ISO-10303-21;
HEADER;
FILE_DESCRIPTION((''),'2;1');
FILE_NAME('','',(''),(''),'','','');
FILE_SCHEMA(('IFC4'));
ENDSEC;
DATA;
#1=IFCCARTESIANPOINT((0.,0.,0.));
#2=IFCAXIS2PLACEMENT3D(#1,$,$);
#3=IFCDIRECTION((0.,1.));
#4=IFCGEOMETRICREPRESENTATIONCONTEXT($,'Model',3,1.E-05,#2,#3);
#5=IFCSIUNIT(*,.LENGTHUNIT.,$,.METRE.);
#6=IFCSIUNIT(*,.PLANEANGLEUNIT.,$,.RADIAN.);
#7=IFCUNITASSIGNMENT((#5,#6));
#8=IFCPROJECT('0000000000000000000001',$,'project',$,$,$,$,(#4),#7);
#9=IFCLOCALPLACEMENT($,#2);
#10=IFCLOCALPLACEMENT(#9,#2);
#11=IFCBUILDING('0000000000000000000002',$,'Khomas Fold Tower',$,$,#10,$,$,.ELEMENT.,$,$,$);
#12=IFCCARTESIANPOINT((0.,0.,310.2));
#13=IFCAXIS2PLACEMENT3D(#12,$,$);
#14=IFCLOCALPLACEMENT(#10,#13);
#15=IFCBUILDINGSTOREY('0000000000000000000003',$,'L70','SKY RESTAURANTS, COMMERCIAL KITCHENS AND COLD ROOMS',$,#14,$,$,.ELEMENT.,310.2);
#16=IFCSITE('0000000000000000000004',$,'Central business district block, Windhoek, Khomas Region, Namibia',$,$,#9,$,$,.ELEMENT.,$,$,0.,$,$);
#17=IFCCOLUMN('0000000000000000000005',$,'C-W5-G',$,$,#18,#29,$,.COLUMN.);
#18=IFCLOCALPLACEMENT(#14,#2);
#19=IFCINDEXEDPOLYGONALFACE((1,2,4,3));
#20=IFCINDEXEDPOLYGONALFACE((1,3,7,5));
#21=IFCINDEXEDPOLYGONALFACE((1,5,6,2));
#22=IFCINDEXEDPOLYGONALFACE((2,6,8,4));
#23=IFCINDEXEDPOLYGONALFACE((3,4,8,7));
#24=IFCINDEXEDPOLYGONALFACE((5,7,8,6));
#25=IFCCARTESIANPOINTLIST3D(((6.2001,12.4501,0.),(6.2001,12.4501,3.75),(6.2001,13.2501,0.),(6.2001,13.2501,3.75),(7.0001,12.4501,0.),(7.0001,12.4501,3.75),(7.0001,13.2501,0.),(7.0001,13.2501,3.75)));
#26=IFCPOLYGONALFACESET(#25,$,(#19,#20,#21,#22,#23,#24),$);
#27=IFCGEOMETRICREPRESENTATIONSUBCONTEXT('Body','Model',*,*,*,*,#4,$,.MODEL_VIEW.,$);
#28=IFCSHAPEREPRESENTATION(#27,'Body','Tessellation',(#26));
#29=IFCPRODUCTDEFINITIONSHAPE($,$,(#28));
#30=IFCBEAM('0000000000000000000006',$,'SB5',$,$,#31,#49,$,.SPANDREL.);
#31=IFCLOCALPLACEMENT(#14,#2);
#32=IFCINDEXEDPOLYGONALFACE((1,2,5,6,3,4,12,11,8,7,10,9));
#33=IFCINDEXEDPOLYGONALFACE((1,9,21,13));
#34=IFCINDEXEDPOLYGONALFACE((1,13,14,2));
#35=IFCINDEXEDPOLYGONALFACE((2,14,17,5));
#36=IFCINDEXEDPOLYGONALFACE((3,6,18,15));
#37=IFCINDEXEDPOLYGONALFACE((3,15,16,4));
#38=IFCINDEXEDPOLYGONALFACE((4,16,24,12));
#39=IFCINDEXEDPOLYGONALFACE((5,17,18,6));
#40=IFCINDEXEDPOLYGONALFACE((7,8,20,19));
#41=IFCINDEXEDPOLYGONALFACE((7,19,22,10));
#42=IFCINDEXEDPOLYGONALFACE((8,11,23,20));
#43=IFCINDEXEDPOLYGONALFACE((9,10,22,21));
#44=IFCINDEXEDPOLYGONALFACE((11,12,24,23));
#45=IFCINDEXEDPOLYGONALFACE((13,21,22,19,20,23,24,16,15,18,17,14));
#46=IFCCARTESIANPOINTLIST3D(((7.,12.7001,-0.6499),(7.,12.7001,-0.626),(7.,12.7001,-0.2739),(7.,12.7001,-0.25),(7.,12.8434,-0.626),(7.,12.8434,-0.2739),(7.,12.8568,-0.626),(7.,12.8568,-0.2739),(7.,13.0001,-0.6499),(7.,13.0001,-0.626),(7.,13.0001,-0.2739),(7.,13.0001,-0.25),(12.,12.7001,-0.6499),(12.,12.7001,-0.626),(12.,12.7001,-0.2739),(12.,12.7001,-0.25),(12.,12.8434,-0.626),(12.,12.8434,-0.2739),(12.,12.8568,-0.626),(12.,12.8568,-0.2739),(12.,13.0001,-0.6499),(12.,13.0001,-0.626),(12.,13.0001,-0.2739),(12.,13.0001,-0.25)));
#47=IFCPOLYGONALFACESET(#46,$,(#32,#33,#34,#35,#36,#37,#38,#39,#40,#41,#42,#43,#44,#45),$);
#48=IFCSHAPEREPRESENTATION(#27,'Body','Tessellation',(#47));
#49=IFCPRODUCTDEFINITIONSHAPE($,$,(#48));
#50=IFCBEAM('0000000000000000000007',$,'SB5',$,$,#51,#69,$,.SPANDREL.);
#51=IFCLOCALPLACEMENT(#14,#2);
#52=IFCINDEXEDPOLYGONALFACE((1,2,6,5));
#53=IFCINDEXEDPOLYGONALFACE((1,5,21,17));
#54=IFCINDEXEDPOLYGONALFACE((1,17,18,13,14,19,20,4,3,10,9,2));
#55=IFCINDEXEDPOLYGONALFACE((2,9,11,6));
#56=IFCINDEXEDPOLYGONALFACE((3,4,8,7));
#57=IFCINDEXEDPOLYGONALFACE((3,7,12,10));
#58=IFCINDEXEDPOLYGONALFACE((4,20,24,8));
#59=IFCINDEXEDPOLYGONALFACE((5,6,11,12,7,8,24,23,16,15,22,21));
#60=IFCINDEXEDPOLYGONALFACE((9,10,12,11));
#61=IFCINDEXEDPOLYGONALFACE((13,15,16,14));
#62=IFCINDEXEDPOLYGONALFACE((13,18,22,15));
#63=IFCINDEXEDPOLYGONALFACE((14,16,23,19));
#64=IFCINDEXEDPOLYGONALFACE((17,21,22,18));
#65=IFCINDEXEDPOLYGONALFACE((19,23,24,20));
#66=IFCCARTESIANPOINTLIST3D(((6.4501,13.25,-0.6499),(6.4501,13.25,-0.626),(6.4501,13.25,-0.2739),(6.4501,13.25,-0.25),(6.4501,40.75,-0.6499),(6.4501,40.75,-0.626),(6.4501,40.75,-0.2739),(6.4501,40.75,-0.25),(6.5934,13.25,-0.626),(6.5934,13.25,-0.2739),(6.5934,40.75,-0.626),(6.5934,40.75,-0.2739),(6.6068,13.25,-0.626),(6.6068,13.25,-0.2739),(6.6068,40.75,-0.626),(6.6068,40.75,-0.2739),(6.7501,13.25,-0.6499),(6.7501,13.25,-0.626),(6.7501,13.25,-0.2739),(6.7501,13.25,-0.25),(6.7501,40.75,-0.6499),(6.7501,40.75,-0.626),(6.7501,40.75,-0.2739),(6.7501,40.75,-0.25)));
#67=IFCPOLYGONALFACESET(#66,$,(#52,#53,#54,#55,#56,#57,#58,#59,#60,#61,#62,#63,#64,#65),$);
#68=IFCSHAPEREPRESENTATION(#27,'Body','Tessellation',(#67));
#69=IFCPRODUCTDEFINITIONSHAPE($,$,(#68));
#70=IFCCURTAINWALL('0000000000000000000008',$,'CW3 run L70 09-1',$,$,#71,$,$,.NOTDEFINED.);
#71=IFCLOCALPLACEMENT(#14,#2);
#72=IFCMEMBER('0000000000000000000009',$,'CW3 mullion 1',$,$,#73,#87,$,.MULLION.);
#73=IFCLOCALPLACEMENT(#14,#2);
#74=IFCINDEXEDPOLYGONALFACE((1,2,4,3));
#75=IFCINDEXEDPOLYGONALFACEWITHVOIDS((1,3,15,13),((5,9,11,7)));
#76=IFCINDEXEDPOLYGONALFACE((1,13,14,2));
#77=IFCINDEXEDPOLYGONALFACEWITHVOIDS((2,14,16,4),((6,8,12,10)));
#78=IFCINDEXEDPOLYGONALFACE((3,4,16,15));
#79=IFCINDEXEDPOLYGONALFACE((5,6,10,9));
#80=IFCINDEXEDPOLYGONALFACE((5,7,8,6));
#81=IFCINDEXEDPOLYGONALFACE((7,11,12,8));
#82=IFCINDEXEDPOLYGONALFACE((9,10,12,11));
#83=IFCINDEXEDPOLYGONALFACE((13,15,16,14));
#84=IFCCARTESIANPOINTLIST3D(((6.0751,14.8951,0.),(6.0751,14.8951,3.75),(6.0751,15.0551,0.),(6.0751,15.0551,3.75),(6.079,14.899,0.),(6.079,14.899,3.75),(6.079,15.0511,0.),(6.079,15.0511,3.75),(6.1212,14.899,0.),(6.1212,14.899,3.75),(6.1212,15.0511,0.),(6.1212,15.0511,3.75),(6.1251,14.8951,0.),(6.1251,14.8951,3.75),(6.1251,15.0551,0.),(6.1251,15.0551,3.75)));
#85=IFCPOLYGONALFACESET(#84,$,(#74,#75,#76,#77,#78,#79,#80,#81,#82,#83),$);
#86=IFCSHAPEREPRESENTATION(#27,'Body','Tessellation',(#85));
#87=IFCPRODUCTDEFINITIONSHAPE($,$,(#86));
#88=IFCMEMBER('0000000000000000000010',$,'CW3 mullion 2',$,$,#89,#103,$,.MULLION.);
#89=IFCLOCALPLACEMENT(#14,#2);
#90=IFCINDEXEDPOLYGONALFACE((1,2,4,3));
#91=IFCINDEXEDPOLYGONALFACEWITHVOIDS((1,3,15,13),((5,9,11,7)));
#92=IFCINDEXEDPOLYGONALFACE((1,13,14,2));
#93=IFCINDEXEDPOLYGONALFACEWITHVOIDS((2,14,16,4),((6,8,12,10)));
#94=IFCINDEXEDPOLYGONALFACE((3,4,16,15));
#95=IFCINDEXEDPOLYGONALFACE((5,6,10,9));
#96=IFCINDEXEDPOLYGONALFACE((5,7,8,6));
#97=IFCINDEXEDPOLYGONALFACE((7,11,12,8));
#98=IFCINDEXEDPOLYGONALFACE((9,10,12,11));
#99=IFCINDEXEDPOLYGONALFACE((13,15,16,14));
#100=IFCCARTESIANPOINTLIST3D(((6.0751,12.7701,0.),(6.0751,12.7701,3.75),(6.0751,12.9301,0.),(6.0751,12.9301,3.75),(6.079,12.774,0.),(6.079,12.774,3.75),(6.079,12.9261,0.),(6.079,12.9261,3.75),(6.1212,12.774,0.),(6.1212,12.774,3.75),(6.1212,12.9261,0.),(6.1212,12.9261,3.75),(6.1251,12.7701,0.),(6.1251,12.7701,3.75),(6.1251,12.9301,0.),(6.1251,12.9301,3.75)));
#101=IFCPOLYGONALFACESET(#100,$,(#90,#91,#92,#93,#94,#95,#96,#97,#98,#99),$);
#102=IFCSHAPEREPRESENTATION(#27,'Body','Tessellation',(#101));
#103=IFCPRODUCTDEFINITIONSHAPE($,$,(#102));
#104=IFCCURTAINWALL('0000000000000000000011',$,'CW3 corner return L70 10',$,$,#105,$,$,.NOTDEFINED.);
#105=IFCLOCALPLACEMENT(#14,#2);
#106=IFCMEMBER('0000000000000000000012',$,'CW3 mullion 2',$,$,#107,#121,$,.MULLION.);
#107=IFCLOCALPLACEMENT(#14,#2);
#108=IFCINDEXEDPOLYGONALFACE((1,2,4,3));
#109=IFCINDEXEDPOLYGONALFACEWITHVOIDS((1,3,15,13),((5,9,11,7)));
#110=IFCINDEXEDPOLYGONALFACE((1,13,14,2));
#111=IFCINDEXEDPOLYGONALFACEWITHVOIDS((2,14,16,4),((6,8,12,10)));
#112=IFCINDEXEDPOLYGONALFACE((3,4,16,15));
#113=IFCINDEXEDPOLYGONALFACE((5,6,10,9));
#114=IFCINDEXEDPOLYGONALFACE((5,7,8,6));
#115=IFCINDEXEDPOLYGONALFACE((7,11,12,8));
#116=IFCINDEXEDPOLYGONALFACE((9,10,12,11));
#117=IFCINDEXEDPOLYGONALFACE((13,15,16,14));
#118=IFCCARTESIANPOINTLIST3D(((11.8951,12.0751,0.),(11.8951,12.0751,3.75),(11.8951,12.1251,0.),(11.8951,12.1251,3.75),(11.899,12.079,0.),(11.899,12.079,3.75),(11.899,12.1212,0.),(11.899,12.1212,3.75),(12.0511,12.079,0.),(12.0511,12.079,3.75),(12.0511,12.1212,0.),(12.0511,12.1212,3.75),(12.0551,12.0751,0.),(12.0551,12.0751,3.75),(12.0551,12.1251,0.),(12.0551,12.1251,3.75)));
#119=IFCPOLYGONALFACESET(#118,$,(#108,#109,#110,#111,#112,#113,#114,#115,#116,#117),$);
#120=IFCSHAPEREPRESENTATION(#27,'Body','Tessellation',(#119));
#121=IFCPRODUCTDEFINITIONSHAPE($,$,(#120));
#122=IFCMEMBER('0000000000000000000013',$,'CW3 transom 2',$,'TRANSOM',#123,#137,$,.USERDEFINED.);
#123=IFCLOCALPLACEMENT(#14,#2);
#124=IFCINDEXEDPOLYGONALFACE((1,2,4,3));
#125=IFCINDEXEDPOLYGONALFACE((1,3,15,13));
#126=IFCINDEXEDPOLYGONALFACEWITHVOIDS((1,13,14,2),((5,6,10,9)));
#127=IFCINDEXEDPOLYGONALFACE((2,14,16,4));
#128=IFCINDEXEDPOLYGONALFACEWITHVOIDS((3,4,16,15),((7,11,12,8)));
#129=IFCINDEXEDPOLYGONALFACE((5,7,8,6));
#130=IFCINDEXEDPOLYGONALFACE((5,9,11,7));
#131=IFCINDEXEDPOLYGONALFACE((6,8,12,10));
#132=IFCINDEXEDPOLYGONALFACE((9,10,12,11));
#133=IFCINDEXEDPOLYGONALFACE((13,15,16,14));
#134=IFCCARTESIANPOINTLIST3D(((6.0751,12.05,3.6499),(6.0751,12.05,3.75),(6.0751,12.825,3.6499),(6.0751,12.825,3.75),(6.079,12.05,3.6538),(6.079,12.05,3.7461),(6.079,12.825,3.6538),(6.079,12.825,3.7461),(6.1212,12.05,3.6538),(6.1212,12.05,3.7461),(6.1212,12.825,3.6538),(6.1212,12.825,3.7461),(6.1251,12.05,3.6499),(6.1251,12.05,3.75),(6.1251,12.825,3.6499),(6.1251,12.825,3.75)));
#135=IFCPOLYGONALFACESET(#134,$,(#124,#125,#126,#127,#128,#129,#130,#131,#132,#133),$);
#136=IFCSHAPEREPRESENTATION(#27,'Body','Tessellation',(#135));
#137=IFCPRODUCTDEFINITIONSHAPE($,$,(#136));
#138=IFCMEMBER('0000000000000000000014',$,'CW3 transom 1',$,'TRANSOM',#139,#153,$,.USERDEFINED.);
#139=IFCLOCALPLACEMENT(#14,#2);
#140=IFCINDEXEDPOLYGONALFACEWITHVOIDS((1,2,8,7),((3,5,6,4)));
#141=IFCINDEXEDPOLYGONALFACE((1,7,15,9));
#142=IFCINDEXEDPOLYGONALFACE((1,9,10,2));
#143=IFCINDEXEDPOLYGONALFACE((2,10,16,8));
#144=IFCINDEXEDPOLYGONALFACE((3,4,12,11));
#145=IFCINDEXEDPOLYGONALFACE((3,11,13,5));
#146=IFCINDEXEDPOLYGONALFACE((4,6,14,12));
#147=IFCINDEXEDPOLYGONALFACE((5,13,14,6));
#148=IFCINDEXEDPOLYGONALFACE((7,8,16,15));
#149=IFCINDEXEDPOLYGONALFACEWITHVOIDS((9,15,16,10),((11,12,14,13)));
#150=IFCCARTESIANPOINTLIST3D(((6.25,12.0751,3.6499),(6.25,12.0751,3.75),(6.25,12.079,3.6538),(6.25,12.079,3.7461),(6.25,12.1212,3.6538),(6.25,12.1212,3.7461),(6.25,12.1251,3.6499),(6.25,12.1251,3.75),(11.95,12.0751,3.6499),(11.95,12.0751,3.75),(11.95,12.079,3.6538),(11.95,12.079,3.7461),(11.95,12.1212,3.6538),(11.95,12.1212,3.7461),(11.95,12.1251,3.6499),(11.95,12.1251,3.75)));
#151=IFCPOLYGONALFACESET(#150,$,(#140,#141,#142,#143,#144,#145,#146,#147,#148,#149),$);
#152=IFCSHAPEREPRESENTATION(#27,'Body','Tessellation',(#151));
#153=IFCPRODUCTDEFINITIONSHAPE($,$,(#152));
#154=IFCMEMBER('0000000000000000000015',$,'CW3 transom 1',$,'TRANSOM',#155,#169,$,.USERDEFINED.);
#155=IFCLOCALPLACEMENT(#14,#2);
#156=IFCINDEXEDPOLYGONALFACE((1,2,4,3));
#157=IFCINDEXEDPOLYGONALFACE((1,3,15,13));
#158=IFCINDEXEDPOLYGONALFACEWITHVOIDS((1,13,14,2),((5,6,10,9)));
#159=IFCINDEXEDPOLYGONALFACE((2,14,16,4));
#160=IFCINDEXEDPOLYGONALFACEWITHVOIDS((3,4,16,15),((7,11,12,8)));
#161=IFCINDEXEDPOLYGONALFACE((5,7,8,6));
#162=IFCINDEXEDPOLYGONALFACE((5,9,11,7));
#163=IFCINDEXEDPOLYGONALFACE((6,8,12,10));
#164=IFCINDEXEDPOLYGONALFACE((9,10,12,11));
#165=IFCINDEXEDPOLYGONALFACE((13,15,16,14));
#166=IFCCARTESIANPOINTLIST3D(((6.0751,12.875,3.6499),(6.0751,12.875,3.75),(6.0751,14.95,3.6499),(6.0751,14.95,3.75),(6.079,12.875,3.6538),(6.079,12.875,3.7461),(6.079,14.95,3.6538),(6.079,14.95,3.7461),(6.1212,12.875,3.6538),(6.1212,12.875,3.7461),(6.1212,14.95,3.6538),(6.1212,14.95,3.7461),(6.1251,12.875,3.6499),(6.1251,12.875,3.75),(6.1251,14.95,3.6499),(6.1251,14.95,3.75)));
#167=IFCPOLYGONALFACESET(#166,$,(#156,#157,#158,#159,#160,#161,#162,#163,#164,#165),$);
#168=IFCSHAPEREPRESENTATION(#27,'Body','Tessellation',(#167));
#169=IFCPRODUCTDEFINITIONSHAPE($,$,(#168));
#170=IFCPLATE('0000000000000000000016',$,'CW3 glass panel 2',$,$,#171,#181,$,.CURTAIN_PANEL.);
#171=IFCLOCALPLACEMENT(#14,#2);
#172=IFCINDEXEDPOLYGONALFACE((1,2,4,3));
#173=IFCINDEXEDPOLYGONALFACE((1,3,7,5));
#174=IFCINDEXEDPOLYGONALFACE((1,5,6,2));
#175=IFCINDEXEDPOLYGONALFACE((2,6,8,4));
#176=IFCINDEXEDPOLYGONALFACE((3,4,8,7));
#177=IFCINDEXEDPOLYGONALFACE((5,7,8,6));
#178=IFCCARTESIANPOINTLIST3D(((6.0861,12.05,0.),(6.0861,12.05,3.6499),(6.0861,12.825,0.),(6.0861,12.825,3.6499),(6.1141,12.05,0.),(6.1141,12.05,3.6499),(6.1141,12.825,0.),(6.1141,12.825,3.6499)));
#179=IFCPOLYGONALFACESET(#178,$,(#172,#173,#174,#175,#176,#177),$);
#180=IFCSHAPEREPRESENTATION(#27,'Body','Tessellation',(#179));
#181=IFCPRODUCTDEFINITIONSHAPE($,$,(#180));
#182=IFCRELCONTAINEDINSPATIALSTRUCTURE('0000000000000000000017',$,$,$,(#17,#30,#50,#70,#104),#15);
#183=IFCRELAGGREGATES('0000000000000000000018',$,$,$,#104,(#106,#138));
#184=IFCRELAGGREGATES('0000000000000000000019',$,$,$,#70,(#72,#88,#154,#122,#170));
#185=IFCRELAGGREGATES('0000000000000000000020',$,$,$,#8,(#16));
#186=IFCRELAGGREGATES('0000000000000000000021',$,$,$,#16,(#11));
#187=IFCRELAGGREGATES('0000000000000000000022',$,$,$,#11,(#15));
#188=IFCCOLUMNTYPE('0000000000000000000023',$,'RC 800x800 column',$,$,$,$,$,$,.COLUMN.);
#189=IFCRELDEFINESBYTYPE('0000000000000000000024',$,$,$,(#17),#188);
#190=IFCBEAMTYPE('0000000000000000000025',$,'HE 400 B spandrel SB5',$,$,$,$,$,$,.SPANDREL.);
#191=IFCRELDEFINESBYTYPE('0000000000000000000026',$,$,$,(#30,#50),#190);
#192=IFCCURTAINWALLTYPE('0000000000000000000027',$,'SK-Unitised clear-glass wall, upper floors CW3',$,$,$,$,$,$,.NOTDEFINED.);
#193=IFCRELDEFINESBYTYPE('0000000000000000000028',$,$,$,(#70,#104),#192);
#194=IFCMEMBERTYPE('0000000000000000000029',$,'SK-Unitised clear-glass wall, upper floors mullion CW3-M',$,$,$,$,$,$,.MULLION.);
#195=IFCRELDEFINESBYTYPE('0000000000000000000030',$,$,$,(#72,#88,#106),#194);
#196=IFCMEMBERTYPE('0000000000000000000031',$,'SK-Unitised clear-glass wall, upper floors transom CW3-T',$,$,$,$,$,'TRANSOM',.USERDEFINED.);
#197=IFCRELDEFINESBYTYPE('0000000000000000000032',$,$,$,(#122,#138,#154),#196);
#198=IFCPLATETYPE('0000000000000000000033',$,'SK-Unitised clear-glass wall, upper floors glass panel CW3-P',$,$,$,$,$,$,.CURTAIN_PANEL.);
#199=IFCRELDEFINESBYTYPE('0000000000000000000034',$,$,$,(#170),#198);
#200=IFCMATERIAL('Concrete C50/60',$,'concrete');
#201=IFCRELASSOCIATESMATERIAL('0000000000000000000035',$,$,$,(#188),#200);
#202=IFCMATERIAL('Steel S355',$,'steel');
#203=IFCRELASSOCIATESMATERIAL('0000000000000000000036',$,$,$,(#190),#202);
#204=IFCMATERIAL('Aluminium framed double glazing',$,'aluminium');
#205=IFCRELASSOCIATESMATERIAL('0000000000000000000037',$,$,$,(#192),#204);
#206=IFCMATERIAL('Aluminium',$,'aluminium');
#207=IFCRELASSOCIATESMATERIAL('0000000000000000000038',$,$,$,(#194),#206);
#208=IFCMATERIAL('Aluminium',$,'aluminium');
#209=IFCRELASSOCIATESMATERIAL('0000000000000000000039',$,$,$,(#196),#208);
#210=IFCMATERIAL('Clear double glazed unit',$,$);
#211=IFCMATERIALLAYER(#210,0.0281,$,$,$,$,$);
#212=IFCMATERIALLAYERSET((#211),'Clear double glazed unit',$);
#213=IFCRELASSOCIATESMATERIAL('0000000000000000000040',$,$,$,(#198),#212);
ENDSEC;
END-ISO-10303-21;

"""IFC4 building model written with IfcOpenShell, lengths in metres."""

from ifc_helpers import new_model, si_unit, direction, frame, origin, origin_2d, place, context, subcontext, project, spatial, rectangle, hollow_rectangle, i_section, extrude, source, transform, mapped, material, layer, layer_set, material_profile, profile_set, type_object, element, aggregate, save


model = new_model("IFC4")

# Units and contexts
model_context = context("Model", 3, precision=1e-05, world=origin(), true_north=direction((0.0, 1.0)))
body_context = subcontext(model_context, "Body", "Model", "MODEL_VIEW")
ifc_project = project(units=[si_unit("LENGTHUNIT", "METRE"), si_unit("PLANEANGLEUNIT", "RADIAN")], contexts=[model_context])

# Site, building, storey
site_placement = place(None, origin())
site = spatial("IfcSite", under=ifc_project, at=site_placement, Name="Central business district block, Windhoek, Khomas Region, Namibia", CompositionType="ELEMENT", RefElevation=0.0)
building_placement = place(site_placement, origin())
building = spatial("IfcBuilding", under=site, at=building_placement, Name="Khomas Fold Tower", CompositionType="ELEMENT")
storey_placement = place(building_placement, frame((0.0, 0.0, 310.2)))
storey = spatial("IfcBuildingStorey", under=building, at=storey_placement, Name="L70", Description="SKY RESTAURANTS, COMMERCIAL KITCHENS AND COLD ROOMS", CompositionType="ELEMENT", Elevation=310.2)

# Column
ifc_material_1 = material(Name="Concrete C50/60", Category="concrete")
ifc_material_profile_1 = material_profile(ifc_material_1, rectangle(XDim=0.8, YDim=0.8, at=origin_2d()), Name="RC 800x800")
ifc_profile_set_1 = profile_set([ifc_material_profile_1], Name="Concrete C50/60")
column_type = type_object("IfcColumnType", Name="RC 800x800 column", PredefinedType="COLUMN", material=ifc_profile_set_1)
shared_shape_1 = source(origin(), body_context, "Body", "SweptSolid", [
    extrude(rectangle(XDim=0.8, YDim=0.8, at=origin_2d()), origin(), (0.0, 0.0, 1.0), 3.75),
])
column_placement = place(storey_placement, frame((6.6001, 12.8501, 0.0), z_axis=(0.0, 0.0, 1.0), x_axis=(1.0, 0.0, 0.0)))
element("IfcColumn", 1, at=column_placement, inside=storey, type_object=column_type, Name="C-W5-G", PredefinedType="COLUMN", context=body_context, shape_type="MappedRepresentation", body=[
    mapped(shared_shape_1, transform((0.0, 0.0, 0.0))),
])

# Beams
ifc_material_2 = material(Name="Steel S355", Category="steel")
ifc_material_profile_2 = material_profile(ifc_material_2, i_section(OverallWidth=0.3, OverallDepth=0.3999, WebThickness=0.0134, FlangeThickness=0.0239, at=origin_2d()), Name="HE 400 B")
ifc_profile_set_2 = profile_set([ifc_material_profile_2], Name="Steel S355")
beam_type = type_object("IfcBeamType", Name="HE 400 B spandrel SB5", PredefinedType="SPANDREL", material=ifc_profile_set_2)
shared_shape_2 = source(origin(), body_context, "Body", "SweptSolid", [
    extrude(i_section(OverallWidth=0.3, OverallDepth=0.3999, WebThickness=0.0134, FlangeThickness=0.0239, at=origin_2d()), origin(), (0.0, 0.0, 1.0), 5.0),
])
beam_1_placement = place(storey_placement, frame((7.0, 12.8501, -0.45), z_axis=(1.0, 0.0, 0.0), x_axis=(0.0, 1.0, 0.0)))
element("IfcBeam", 2, at=beam_1_placement, inside=storey, type_object=beam_type, Name="SB5", PredefinedType="SPANDREL", context=body_context, shape_type="MappedRepresentation", body=[
    mapped(shared_shape_2, transform((0.0, 0.0, 0.0))),
])
shared_shape_3 = source(origin(), body_context, "Body", "SweptSolid", [
    extrude(i_section(OverallWidth=0.3, OverallDepth=0.3999, WebThickness=0.0134, FlangeThickness=0.0239, at=origin_2d()), origin(), (0.0, 0.0, 1.0), 27.5),
])
beam_2_placement = place(storey_placement, frame((6.6001, 13.25, -0.45), z_axis=(0.0, 1.0, 0.0), x_axis=(-1.0, 0.0, 0.0)))
element("IfcBeam", 3, at=beam_2_placement, inside=storey, type_object=beam_type, Name="SB5", PredefinedType="SPANDREL", context=body_context, shape_type="MappedRepresentation", body=[
    mapped(shared_shape_3, transform((0.0, 0.0, 0.0))),
])

# Curtain wall, members
ifc_material_3 = material(Name="Aluminium framed double glazing", Category="aluminium")
curtain_wall_type = type_object("IfcCurtainWallType", Name="SK-Unitised clear-glass wall, upper floors CW3", PredefinedType="NOTDEFINED", material=ifc_material_3)
curtain_wall_1_placement = place(storey_placement, origin())
curtain_wall_1 = element("IfcCurtainWall", 4, at=curtain_wall_1_placement, inside=storey, type_object=curtain_wall_type, Name="CW3 run L70 09-1", PredefinedType="NOTDEFINED")
ifc_material_4 = material(Name="Aluminium", Category="aluminium")
ifc_material_profile_3 = material_profile(ifc_material_4, hollow_rectangle(XDim=0.05, YDim=0.1599, WallThickness=0.0039, at=origin_2d()), Name="SK-Unitised clear-glass wall, upper floors mullion CW3-M")
ifc_profile_set_3 = profile_set([ifc_material_profile_3], Name="Aluminium")
member_type_1 = type_object("IfcMemberType", Name="SK-Unitised clear-glass wall, upper floors mullion CW3-M", PredefinedType="MULLION", material=ifc_profile_set_3)
shared_shape_4 = source(origin(), body_context, "Body", "SweptSolid", [
    extrude(hollow_rectangle(XDim=0.05, YDim=0.1599, WallThickness=0.0039, at=origin_2d()), origin(), (0.0, 0.0, 1.0), 3.75),
])
member_1_placement = place(storey_placement, frame((6.1001, 14.9751, 0.0), z_axis=(0.0, 0.0, 1.0), x_axis=(1.0, 0.0, 0.0)))
member_1 = element("IfcMember", 5, at=member_1_placement, type_object=member_type_1, Name="CW3 mullion 1", PredefinedType="MULLION", context=body_context, shape_type="MappedRepresentation", body=[
    mapped(shared_shape_4, transform((0.0, 0.0, 0.0))),
])
member_2_placement = place(storey_placement, frame((6.1001, 12.8501, 0.0), z_axis=(0.0, 0.0, 1.0), x_axis=(1.0, 0.0, 0.0)))
member_2 = element("IfcMember", 6, at=member_2_placement, type_object=member_type_1, Name="CW3 mullion 2", PredefinedType="MULLION", context=body_context, shape_type="MappedRepresentation", body=[
    mapped(shared_shape_4, transform((0.0, 0.0, 0.0))),
])

# Curtain wall, member
curtain_wall_2_placement = place(storey_placement, origin())
curtain_wall_2 = element("IfcCurtainWall", 7, at=curtain_wall_2_placement, inside=storey, type_object=curtain_wall_type, Name="CW3 corner return L70 10", PredefinedType="NOTDEFINED")
member_3_placement = place(storey_placement, frame((11.9751, 12.1001, 0.0), z_axis=(0.0, 0.0, 1.0), x_axis=(0.0, 1.0, 0.0)))
member_3 = element("IfcMember", 8, at=member_3_placement, type_object=member_type_1, Name="CW3 mullion 2", PredefinedType="MULLION", context=body_context, shape_type="MappedRepresentation", body=[
    mapped(shared_shape_4, transform((0.0, 0.0, 0.0))),
])

# Members
ifc_material_5 = material(Name="Aluminium", Category="aluminium")
ifc_material_profile_4 = material_profile(ifc_material_5, hollow_rectangle(XDim=0.05, YDim=0.1001, WallThickness=0.0039, at=origin_2d()), Name="SK-Unitised clear-glass wall, upper floors transom CW3-T")
ifc_profile_set_4 = profile_set([ifc_material_profile_4], Name="Aluminium")
member_type_2 = type_object("IfcMemberType", Name="SK-Unitised clear-glass wall, upper floors transom CW3-T", ElementType="TRANSOM", PredefinedType="USERDEFINED", material=ifc_profile_set_4)
shared_shape_5 = source(origin(), body_context, "Body", "SweptSolid", [
    extrude(hollow_rectangle(XDim=0.05, YDim=0.1001, WallThickness=0.0039, at=origin_2d()), origin(), (0.0, 0.0, 1.0), 0.7749),
])
member_4_placement = place(storey_placement, frame((6.1001, 12.825, 3.7), z_axis=(0.0, -1.0, 0.0), x_axis=(1.0, 0.0, 0.0)))
member_4 = element("IfcMember", 9, at=member_4_placement, type_object=member_type_2, Name="CW3 transom 2", ObjectType="TRANSOM", PredefinedType="USERDEFINED", context=body_context, shape_type="MappedRepresentation", body=[
    mapped(shared_shape_5, transform((0.0, 0.0, 0.0))),
])
shared_shape_6 = source(origin(), body_context, "Body", "SweptSolid", [
    extrude(hollow_rectangle(XDim=0.05, YDim=0.1001, WallThickness=0.0039, at=origin_2d()), origin(), (0.0, 0.0, 1.0), 5.7),
])
member_5_placement = place(storey_placement, frame((6.25, 12.1001, 3.7), z_axis=(1.0, 0.0, 0.0), x_axis=(0.0, 1.0, 0.0)))
member_5 = element("IfcMember", 10, at=member_5_placement, type_object=member_type_2, Name="CW3 transom 1", ObjectType="TRANSOM", PredefinedType="USERDEFINED", context=body_context, shape_type="MappedRepresentation", body=[
    mapped(shared_shape_6, transform((0.0, 0.0, 0.0))),
])
shared_shape_7 = source(origin(), body_context, "Body", "SweptSolid", [
    extrude(hollow_rectangle(XDim=0.05, YDim=0.1001, WallThickness=0.0039, at=origin_2d()), origin(), (0.0, 0.0, 1.0), 2.075),
])
member_6_placement = place(storey_placement, frame((6.1001, 14.95, 3.7), z_axis=(0.0, -1.0, 0.0), x_axis=(1.0, 0.0, 0.0)))
member_6 = element("IfcMember", 11, at=member_6_placement, type_object=member_type_2, Name="CW3 transom 1", ObjectType="TRANSOM", PredefinedType="USERDEFINED", context=body_context, shape_type="MappedRepresentation", body=[
    mapped(shared_shape_7, transform((0.0, 0.0, 0.0))),
])

# Plate
ifc_material_6 = material(Name="Clear double glazed unit")
ifc_layer_1 = layer(ifc_material_6, 0.0281)
ifc_layer_set_1 = layer_set([ifc_layer_1], Name="Clear double glazed unit")
plate_type = type_object("IfcPlateType", Name="SK-Unitised clear-glass wall, upper floors glass panel CW3-P", PredefinedType="CURTAIN_PANEL", material=ifc_layer_set_1)
shared_shape_8 = source(origin(), body_context, "Body", "SweptSolid", [
    extrude(rectangle(XDim=0.7749, YDim=0.0281, at=origin_2d()), origin(), (0.0, 0.0, 1.0), 3.6499),
])
plate_1_placement = place(storey_placement, frame((6.1001, 12.4375, 0.0), z_axis=(0.0, 0.0, 1.0), x_axis=(0.0, -1.0, 0.0)))
plate_1 = element("IfcPlate", 12, at=plate_1_placement, type_object=plate_type, Name="CW3 glass panel 2", PredefinedType="CURTAIN_PANEL", context=body_context, shape_type="MappedRepresentation", body=[
    mapped(shared_shape_8, transform((0.0, 0.0, 0.0))),
])
aggregate(curtain_wall_2, [member_3, member_5])
aggregate(curtain_wall_1, [member_1, member_2, member_6, member_4, plate_1])

save(model, "model.ifc")
